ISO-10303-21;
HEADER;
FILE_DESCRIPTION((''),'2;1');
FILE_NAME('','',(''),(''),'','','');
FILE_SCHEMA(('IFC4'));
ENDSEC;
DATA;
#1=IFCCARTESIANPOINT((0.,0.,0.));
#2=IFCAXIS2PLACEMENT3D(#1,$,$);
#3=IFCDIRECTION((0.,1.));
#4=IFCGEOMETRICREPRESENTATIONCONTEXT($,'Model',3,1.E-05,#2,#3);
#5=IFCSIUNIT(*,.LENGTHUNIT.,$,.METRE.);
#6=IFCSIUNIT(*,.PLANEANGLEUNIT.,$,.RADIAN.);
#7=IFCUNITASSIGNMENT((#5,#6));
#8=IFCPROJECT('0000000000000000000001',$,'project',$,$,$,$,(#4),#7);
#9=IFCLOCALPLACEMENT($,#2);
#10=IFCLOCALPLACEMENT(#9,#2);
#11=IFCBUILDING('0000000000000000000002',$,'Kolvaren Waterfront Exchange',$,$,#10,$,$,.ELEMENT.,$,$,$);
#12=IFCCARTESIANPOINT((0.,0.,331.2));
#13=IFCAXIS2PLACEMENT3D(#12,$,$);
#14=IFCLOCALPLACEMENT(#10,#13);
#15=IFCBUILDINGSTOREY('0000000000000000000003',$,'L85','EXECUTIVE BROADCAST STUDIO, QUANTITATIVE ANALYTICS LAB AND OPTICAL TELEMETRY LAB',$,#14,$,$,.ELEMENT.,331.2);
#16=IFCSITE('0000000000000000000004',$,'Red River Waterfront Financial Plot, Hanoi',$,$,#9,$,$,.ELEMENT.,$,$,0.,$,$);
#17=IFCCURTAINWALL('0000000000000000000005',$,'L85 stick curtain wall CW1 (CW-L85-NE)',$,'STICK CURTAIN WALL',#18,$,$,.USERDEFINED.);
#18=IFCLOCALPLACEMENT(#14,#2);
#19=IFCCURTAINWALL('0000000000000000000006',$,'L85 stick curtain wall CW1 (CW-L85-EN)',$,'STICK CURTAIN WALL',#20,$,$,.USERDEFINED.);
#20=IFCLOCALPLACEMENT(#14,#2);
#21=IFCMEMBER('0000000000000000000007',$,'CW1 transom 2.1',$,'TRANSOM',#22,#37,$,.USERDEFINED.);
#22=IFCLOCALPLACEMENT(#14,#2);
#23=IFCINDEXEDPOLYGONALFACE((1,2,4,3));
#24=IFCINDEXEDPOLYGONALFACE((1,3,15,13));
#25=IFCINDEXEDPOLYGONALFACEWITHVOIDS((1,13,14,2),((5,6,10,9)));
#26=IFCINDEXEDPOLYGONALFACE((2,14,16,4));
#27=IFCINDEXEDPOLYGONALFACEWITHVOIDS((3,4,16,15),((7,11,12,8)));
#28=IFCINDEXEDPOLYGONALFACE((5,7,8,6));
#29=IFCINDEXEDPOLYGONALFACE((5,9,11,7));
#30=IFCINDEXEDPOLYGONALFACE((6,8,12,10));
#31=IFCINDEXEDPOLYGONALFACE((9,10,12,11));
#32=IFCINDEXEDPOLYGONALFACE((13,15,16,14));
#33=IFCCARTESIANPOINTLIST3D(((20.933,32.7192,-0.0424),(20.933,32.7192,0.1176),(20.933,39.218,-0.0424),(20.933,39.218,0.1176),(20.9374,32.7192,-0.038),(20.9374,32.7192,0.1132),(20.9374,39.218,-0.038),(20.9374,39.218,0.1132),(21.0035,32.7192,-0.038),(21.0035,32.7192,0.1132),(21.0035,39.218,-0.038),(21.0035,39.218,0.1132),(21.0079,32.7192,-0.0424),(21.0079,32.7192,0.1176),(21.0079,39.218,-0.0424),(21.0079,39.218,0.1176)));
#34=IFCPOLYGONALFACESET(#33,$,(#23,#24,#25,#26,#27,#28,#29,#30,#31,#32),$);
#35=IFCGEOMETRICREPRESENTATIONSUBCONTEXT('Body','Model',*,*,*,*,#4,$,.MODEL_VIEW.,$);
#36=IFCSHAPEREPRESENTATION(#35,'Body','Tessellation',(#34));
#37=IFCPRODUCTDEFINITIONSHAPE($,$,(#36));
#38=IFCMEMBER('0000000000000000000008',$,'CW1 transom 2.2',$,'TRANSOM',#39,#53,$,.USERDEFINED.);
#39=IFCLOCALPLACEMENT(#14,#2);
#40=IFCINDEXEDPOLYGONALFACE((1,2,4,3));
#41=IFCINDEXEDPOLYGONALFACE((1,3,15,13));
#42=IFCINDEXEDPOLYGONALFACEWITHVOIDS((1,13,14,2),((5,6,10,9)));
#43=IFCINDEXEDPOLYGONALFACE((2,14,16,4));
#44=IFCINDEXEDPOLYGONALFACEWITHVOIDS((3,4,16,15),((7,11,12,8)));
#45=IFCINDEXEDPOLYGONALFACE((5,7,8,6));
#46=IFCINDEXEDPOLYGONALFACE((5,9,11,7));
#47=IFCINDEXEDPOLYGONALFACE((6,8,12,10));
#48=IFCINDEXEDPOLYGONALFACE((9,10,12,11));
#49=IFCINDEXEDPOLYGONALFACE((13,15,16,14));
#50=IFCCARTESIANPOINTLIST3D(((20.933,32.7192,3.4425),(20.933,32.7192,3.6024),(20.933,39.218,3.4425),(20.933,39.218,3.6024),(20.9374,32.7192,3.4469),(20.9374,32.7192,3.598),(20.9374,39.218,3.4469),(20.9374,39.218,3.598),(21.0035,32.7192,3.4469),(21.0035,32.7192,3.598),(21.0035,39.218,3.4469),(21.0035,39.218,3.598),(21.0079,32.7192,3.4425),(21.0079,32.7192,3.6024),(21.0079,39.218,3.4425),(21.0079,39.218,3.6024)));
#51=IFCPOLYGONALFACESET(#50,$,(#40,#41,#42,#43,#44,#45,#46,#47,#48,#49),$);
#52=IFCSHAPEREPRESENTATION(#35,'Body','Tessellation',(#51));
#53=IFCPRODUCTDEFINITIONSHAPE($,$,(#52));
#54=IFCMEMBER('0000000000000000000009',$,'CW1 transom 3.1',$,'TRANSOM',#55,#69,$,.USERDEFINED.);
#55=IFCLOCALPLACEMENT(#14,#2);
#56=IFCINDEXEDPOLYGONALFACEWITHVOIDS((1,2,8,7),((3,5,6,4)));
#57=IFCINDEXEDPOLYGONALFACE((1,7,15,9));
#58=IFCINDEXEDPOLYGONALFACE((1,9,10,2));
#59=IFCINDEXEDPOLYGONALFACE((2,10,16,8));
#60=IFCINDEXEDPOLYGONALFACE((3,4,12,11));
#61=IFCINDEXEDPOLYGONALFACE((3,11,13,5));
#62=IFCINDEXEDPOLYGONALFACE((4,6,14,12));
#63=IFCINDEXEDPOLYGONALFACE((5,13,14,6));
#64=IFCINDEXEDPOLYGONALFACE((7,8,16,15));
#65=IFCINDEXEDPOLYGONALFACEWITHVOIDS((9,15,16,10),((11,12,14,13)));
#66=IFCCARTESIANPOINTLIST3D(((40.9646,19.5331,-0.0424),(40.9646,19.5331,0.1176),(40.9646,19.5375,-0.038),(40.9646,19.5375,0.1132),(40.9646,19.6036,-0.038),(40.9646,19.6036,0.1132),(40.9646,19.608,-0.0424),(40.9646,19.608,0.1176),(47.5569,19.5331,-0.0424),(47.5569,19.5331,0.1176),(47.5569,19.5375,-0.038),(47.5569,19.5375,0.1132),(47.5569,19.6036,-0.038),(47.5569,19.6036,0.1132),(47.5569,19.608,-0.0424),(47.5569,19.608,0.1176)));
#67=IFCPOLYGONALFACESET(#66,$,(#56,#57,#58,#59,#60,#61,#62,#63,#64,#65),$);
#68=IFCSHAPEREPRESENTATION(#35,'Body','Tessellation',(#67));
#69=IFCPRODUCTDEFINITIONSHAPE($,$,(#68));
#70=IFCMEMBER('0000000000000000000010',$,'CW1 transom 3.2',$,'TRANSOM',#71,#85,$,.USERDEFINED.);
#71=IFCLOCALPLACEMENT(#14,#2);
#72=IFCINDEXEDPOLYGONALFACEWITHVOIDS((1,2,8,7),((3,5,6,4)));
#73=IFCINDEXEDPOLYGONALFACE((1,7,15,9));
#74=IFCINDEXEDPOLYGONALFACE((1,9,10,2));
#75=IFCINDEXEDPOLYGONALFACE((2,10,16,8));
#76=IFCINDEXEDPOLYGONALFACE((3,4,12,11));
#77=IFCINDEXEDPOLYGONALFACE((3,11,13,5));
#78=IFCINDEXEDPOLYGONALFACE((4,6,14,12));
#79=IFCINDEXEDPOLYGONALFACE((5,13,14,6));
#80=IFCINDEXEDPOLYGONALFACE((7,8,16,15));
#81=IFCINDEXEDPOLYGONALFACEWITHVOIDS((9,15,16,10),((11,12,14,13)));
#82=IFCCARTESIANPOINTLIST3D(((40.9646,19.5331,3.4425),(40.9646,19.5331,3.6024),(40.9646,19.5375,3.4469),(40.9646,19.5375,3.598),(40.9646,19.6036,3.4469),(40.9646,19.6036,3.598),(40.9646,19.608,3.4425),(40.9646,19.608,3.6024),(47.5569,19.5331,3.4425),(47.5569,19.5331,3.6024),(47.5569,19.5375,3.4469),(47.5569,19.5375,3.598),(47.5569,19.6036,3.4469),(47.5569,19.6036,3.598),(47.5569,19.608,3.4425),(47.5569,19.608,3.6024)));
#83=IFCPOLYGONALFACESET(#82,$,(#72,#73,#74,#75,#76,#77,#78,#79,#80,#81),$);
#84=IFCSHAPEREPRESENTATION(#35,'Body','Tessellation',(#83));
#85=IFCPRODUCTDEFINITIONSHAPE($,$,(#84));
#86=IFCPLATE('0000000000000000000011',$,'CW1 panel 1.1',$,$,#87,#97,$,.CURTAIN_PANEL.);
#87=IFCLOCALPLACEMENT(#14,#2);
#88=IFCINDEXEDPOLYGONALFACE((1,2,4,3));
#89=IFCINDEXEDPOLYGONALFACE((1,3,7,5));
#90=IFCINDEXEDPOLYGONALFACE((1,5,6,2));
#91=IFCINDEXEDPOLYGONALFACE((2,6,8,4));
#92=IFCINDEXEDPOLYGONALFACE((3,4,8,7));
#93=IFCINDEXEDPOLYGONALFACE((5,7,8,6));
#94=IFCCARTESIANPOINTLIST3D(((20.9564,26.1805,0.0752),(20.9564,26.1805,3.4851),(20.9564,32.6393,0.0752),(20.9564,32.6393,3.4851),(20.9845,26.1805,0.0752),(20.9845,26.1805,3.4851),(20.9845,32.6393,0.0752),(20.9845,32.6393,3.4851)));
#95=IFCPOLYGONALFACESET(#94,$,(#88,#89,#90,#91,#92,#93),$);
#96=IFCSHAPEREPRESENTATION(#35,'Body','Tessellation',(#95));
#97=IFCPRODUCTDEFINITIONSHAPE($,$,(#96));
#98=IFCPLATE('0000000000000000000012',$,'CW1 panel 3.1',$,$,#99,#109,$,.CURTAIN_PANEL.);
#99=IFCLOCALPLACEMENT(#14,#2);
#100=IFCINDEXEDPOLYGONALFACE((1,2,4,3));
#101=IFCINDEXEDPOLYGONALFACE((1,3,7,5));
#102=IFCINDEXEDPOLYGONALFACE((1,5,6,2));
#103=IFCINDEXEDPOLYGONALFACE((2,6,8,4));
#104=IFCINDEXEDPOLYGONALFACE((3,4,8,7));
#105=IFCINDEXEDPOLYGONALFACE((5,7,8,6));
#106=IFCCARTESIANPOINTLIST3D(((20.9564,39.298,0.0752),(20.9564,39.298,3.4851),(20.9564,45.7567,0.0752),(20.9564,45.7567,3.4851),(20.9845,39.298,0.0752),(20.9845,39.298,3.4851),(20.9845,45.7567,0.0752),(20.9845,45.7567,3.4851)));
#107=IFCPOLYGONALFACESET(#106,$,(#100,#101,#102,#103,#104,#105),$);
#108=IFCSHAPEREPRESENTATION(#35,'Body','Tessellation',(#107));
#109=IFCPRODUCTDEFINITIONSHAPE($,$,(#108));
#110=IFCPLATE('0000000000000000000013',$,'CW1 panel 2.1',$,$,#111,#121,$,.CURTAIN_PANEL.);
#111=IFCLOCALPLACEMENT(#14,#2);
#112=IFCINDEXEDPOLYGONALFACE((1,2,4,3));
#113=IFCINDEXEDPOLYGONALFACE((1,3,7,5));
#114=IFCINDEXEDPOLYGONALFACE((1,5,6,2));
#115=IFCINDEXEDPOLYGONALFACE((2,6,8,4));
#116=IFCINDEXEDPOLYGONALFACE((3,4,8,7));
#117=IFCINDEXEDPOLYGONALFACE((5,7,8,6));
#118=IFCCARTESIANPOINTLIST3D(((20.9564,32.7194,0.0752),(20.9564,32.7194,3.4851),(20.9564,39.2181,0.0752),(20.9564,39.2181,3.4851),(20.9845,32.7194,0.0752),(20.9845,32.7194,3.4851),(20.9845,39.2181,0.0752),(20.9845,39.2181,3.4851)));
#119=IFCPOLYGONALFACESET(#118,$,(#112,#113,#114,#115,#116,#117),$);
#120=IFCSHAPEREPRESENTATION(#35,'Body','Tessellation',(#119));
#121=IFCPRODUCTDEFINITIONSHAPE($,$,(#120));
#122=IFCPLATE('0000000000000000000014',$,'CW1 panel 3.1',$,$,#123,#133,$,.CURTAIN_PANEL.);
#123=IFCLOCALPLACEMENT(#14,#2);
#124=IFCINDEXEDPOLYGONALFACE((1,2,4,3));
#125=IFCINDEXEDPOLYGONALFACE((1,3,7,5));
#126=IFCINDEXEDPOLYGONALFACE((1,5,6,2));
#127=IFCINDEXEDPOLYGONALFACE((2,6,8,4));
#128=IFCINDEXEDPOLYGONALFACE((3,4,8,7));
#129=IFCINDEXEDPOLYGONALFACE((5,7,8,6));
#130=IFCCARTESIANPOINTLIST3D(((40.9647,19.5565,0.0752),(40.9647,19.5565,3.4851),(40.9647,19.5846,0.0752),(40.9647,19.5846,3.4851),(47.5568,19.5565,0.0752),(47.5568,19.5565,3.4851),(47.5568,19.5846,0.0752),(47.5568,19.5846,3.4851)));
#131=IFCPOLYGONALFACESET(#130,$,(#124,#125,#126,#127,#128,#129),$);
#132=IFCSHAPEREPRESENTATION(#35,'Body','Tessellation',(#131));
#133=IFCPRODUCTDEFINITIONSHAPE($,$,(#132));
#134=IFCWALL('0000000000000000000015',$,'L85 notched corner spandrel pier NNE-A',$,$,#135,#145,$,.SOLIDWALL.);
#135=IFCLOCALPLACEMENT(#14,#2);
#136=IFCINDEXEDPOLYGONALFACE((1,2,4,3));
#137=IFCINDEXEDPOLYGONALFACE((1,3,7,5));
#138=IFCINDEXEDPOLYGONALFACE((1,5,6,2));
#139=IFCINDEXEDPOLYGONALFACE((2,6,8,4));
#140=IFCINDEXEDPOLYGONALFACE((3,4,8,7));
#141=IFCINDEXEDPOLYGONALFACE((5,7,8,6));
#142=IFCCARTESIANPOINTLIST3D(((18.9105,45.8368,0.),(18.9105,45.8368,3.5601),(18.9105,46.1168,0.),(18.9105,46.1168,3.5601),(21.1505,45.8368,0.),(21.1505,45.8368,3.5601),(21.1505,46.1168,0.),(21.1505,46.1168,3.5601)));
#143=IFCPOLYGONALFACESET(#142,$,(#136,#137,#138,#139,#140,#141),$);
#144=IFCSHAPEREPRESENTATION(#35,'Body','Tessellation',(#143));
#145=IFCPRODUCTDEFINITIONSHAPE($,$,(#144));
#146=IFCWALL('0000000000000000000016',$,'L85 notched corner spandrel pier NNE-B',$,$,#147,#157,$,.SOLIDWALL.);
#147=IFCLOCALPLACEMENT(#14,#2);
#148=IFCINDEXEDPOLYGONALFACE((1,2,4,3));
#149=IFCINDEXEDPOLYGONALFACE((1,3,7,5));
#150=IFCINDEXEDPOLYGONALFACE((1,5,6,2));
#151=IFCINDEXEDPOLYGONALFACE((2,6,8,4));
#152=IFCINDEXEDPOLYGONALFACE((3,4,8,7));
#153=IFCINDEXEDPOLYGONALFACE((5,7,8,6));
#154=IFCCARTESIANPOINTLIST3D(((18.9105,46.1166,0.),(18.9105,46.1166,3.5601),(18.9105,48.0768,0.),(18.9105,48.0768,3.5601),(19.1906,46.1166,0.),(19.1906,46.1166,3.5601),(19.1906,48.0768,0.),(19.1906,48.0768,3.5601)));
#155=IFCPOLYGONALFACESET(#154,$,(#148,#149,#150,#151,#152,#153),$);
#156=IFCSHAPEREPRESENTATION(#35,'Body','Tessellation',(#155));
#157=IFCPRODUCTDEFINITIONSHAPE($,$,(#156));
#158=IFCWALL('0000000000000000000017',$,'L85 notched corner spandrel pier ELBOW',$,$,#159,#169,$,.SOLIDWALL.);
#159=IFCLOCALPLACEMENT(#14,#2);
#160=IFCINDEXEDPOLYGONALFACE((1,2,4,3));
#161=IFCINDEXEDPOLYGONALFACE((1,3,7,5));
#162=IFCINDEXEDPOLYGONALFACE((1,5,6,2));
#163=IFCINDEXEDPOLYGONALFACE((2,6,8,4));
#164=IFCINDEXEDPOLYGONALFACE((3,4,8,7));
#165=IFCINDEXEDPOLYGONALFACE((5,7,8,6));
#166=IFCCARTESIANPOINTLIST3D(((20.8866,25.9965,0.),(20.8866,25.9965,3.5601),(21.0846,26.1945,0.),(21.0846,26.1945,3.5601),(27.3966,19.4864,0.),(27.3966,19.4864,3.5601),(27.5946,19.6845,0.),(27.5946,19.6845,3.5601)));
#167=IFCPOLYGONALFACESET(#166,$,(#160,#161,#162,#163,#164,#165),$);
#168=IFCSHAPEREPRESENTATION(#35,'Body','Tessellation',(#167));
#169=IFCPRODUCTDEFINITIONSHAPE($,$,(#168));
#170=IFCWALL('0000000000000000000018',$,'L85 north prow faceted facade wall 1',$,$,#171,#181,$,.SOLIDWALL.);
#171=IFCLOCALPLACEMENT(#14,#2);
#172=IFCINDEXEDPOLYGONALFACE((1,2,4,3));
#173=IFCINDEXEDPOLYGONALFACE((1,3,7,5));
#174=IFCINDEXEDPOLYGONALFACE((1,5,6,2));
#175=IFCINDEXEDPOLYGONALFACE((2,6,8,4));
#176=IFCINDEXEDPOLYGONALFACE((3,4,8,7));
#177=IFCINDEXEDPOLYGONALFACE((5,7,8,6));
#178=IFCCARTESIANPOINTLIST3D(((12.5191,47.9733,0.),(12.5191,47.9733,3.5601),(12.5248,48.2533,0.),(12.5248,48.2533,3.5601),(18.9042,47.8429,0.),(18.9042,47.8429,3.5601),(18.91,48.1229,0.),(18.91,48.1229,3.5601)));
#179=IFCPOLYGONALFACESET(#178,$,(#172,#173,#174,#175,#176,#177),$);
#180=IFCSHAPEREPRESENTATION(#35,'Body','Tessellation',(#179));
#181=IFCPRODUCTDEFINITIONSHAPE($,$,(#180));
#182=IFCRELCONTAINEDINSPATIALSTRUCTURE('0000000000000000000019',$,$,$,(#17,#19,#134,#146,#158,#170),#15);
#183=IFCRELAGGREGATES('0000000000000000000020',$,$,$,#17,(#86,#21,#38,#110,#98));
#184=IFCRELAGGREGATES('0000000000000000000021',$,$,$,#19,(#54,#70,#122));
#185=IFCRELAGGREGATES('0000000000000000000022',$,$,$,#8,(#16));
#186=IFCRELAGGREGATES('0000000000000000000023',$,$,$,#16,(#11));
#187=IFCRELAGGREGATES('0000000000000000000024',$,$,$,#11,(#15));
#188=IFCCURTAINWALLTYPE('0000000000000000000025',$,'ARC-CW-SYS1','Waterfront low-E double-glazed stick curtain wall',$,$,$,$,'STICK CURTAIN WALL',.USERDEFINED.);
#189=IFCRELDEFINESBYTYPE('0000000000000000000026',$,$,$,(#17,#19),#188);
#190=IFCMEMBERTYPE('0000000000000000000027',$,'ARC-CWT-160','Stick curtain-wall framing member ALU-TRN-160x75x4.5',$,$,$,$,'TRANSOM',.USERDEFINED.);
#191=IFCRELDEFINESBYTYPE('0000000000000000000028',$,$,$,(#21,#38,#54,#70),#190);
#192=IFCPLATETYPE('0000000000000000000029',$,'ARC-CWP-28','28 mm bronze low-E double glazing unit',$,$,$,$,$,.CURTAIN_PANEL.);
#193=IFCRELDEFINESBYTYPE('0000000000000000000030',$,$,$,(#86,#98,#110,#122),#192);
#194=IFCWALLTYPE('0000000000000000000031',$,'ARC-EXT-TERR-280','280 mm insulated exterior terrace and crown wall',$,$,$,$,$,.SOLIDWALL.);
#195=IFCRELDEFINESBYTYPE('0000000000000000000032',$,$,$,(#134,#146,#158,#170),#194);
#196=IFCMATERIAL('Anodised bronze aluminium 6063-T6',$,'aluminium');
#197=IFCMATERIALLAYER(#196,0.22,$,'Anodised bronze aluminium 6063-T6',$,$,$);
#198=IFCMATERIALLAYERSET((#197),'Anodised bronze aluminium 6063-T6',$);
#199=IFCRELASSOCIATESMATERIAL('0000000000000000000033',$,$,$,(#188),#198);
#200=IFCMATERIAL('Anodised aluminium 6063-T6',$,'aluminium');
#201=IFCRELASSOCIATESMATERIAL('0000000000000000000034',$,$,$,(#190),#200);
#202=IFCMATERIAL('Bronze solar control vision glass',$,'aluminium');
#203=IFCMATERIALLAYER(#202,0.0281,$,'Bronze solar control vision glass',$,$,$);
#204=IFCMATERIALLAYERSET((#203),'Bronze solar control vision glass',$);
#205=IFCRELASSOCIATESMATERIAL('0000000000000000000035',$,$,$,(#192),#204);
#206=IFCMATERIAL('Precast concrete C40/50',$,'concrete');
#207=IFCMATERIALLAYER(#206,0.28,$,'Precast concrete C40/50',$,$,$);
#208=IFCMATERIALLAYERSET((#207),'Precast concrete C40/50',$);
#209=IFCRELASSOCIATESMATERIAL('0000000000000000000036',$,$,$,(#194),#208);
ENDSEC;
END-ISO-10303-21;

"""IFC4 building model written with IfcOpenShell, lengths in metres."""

from ifc_helpers import new_model, si_unit, direction, frame, frame_2d, origin, origin_with_axes, origin_2d, place, context, subcontext, project, spatial, rectangle, hollow_rectangle, extrude, source, transform, mapped, material, layer, layer_set, material_profile, profile_set, type_object, element, aggregate, save


model = new_model("IFC4")

# Units and contexts
model_context = context("Model", 3, precision=1e-05, world=origin(), true_north=direction((0.0, 1.0)))
body_context = subcontext(model_context, "Body", "Model", "MODEL_VIEW")
ifc_project = project(units=[si_unit("LENGTHUNIT", "METRE"), si_unit("PLANEANGLEUNIT", "RADIAN")], contexts=[model_context])

# Site, building, storey
site_placement = place(None, origin())
site = spatial("IfcSite", under=ifc_project, at=site_placement, Name="Red River Waterfront Financial Plot, Hanoi", CompositionType="ELEMENT", RefElevation=0.0)
building_placement = place(site_placement, origin())
building = spatial("IfcBuilding", under=site, at=building_placement, Name="Kolvaren Waterfront Exchange", CompositionType="ELEMENT")
storey_placement = place(building_placement, frame((0.0, 0.0, 331.2)))
storey = spatial("IfcBuildingStorey", under=building, at=storey_placement, Name="L85", Description="EXECUTIVE BROADCAST STUDIO, QUANTITATIVE ANALYTICS LAB AND OPTICAL TELEMETRY LAB", CompositionType="ELEMENT", Elevation=331.2)

# Curtain walls
ifc_material_1 = material(Name="Anodised bronze aluminium 6063-T6", Category="aluminium")
ifc_layer_1 = layer(ifc_material_1, 0.22, Name="Anodised bronze aluminium 6063-T6")
ifc_layer_set_1 = layer_set([ifc_layer_1], Name="Anodised bronze aluminium 6063-T6")
curtain_wall_type = type_object("IfcCurtainWallType", Name="ARC-CW-SYS1", Description="Waterfront low-E double-glazed stick curtain wall", ElementType="STICK CURTAIN WALL", PredefinedType="USERDEFINED", material=ifc_layer_set_1)
curtain_wall_1_placement = place(storey_placement, origin())
curtain_wall_1 = element("IfcCurtainWall", 1, at=curtain_wall_1_placement, inside=storey, type_object=curtain_wall_type, Name="L85 stick curtain wall CW1 (CW-L85-NE)", ObjectType="STICK CURTAIN WALL", PredefinedType="USERDEFINED")
ifc_material_2 = material(Name="Anodised aluminium 6063-T6", Category="aluminium")
curtain_wall_2_placement = place(storey_placement, origin())
curtain_wall_2 = element("IfcCurtainWall", 2, at=curtain_wall_2_placement, inside=storey, type_object=curtain_wall_type, Name="L85 stick curtain wall CW1 (CW-L85-EN)", ObjectType="STICK CURTAIN WALL", PredefinedType="USERDEFINED")

# Members
ifc_material_profile_1 = material_profile(ifc_material_2, hollow_rectangle(XDim=0.075, YDim=0.1599, WallThickness=0.0044, at=origin_2d()), Name="ALU-TRN-160x75x4.5")
ifc_profile_set_1 = profile_set([ifc_material_profile_1], Name="Anodised aluminium 6063-T6")
member_type_1 = type_object("IfcMemberType", Name="ARC-CWT-160", Description="Stick curtain-wall framing member ALU-TRN-160x75x4.5", ElementType="TRANSOM", PredefinedType="USERDEFINED", material=ifc_profile_set_1)
shared_shape_1 = source(origin_with_axes(), body_context, "Body", "SweptSolid", [
    extrude(hollow_rectangle(XDim=0.075, YDim=0.1599, WallThickness=0.0044, at=origin_2d()), origin(), (0.0, 0.0, 1.0), 6.4988),
])
member_1_placement = place(storey_placement, frame((20.9705, 32.7192, 0.0376), z_axis=(0.0, 1.0, 0.0), x_axis=(-1.0, 0.0, 0.0)))
member_1 = element("IfcMember", 3, at=member_1_placement, type_object=member_type_1, Name="CW1 transom 2.1", ObjectType="TRANSOM", PredefinedType="USERDEFINED", context=body_context, shape_type="MappedRepresentation", body=[
    mapped(shared_shape_1, transform((0.0, 0.0, 0.0), x_axis=(1.0, 0.0, 0.0), y_axis=(0.0, 1.0, 0.0), z_axis=(0.0, 0.0, 1.0), scale=1.0)),
])
member_2_placement = place(storey_placement, frame((20.9705, 32.7192, 3.5225), z_axis=(0.0, 1.0, 0.0), x_axis=(-1.0, 0.0, 0.0)))
member_2 = element("IfcMember", 4, at=member_2_placement, type_object=member_type_1, Name="CW1 transom 2.2", ObjectType="TRANSOM", PredefinedType="USERDEFINED", context=body_context, shape_type="MappedRepresentation", body=[
    mapped(shared_shape_1, transform((0.0, 0.0, 0.0), x_axis=(1.0, 0.0, 0.0), y_axis=(0.0, 1.0, 0.0), z_axis=(0.0, 0.0, 1.0), scale=1.0)),
])
shared_shape_2 = source(origin_with_axes(), body_context, "Body", "SweptSolid", [
    extrude(hollow_rectangle(XDim=0.075, YDim=0.1599, WallThickness=0.0044, at=origin_2d()), origin(), (0.0, 0.0, 1.0), 6.5923),
])
member_3_placement = place(storey_placement, frame((40.9646, 19.5706, 0.0376), z_axis=(1.0, 0.0, 0.0), x_axis=(0.0, 1.0, 0.0)))
member_3 = element("IfcMember", 5, at=member_3_placement, type_object=member_type_1, Name="CW1 transom 3.1", ObjectType="TRANSOM", PredefinedType="USERDEFINED", context=body_context, shape_type="MappedRepresentation", body=[
    mapped(shared_shape_2, transform((0.0, 0.0, 0.0), x_axis=(1.0, 0.0, 0.0), y_axis=(0.0, 1.0, 0.0), z_axis=(0.0, 0.0, 1.0), scale=1.0)),
])
member_4_placement = place(storey_placement, frame((40.9646, 19.5706, 3.5225), z_axis=(1.0, 0.0, 0.0), x_axis=(0.0, 1.0, 0.0)))
member_4 = element("IfcMember", 6, at=member_4_placement, type_object=member_type_1, Name="CW1 transom 3.2", ObjectType="TRANSOM", PredefinedType="USERDEFINED", context=body_context, shape_type="MappedRepresentation", body=[
    mapped(shared_shape_2, transform((0.0, 0.0, 0.0), x_axis=(1.0, 0.0, 0.0), y_axis=(0.0, 1.0, 0.0), z_axis=(0.0, 0.0, 1.0), scale=1.0)),
])

# Plates
ifc_material_3 = material(Name="Bronze solar control vision glass", Category="aluminium")
ifc_layer_2 = layer(ifc_material_3, 0.0281, Name="Bronze solar control vision glass")
ifc_layer_set_2 = layer_set([ifc_layer_2], Name="Bronze solar control vision glass")
plate_type = type_object("IfcPlateType", Name="ARC-CWP-28", Description="28 mm bronze low-E double glazing unit", PredefinedType="CURTAIN_PANEL", material=ifc_layer_set_2)
shared_shape_3 = source(origin_with_axes(), body_context, "Body", "SweptSolid", [
    extrude(rectangle(XDim=6.4587, YDim=0.0281, at=origin_2d()), origin(), (0.0, 0.0, 1.0), 3.4099),
])
plate_1_placement = place(storey_placement, frame((20.9705, 29.4099, 0.0752), z_axis=(0.0, 0.0, 1.0), x_axis=(0.0, 1.0, 0.0)))
plate_1 = element("IfcPlate", 7, at=plate_1_placement, type_object=plate_type, Name="CW1 panel 1.1", PredefinedType="CURTAIN_PANEL", context=body_context, shape_type="MappedRepresentation", body=[
    mapped(shared_shape_3, transform((0.0, 0.0, 0.0), x_axis=(1.0, 0.0, 0.0), y_axis=(0.0, 1.0, 0.0), z_axis=(0.0, 0.0, 1.0), scale=1.0)),
])
plate_2_placement = place(storey_placement, frame((20.9705, 42.5273, 0.0752), z_axis=(0.0, 0.0, 1.0), x_axis=(0.0, 1.0, 0.0)))
plate_2 = element("IfcPlate", 8, at=plate_2_placement, type_object=plate_type, Name="CW1 panel 3.1", PredefinedType="CURTAIN_PANEL", context=body_context, shape_type="MappedRepresentation", body=[
    mapped(shared_shape_3, transform((0.0, 0.0, 0.0), x_axis=(1.0, 0.0, 0.0), y_axis=(0.0, 1.0, 0.0), z_axis=(0.0, 0.0, 1.0), scale=1.0)),
])
shared_shape_4 = source(origin_with_axes(), body_context, "Body", "SweptSolid", [
    extrude(rectangle(XDim=6.4988, YDim=0.0281, at=origin_2d()), origin(), (0.0, 0.0, 1.0), 3.4099),
])
plate_3_placement = place(storey_placement, frame((20.9705, 35.9688, 0.0752), z_axis=(0.0, 0.0, 1.0), x_axis=(0.0, 1.0, 0.0)))
plate_3 = element("IfcPlate", 9, at=plate_3_placement, type_object=plate_type, Name="CW1 panel 2.1", PredefinedType="CURTAIN_PANEL", context=body_context, shape_type="MappedRepresentation", body=[
    mapped(shared_shape_4, transform((0.0, 0.0, 0.0), x_axis=(1.0, 0.0, 0.0), y_axis=(0.0, 1.0, 0.0), z_axis=(0.0, 0.0, 1.0), scale=1.0)),
])
aggregate(curtain_wall_1, [plate_1, member_1, member_2, plate_3, plate_2])
shared_shape_5 = source(origin_with_axes(), body_context, "Body", "SweptSolid", [
    extrude(rectangle(XDim=6.592, YDim=0.0281, at=origin_2d()), origin(), (0.0, 0.0, 1.0), 3.4099),
])
plate_4_placement = place(storey_placement, frame((44.2607, 19.5706, 0.0752), z_axis=(0.0, 0.0, 1.0), x_axis=(1.0, 0.0, 0.0)))
plate_4 = element("IfcPlate", 10, at=plate_4_placement, type_object=plate_type, Name="CW1 panel 3.1", PredefinedType="CURTAIN_PANEL", context=body_context, shape_type="MappedRepresentation", body=[
    mapped(shared_shape_5, transform((0.0, 0.0, 0.0), x_axis=(1.0, 0.0, 0.0), y_axis=(0.0, 1.0, 0.0), z_axis=(0.0, 0.0, 1.0), scale=1.0)),
])
aggregate(curtain_wall_2, [member_3, member_4, plate_4])

# Walls
ifc_material_4 = material(Name="Precast concrete C40/50", Category="concrete")
ifc_layer_3 = layer(ifc_material_4, 0.28, Name="Precast concrete C40/50")
ifc_layer_set_3 = layer_set([ifc_layer_3], Name="Precast concrete C40/50")
wall_type = type_object("IfcWallType", Name="ARC-EXT-TERR-280", Description="280 mm insulated exterior terrace and crown wall", PredefinedType="SOLIDWALL", material=ifc_layer_set_3)
wall_1_placement = place(storey_placement, frame((18.9104, 45.9768, 0.0), z_axis=(0.0, 0.0, 1.0), x_axis=(1.0, 0.0, 0.0)))
element("IfcWall", 11, at=wall_1_placement, inside=storey, type_object=wall_type, Name="L85 notched corner spandrel pier NNE-A", PredefinedType="SOLIDWALL", context=body_context, shape_type="SweptSolid", body=[
    extrude(rectangle(XDim=2.24, YDim=0.28, at=frame_2d((1.1201, 0.0))), origin(), (0.0, 0.0, 1.0), 3.5601),
])
wall_2_placement = place(storey_placement, frame((19.0505, 46.1167, 0.0), z_axis=(0.0, 0.0, 1.0), x_axis=(0.0, 1.0, 0.0)))
element("IfcWall", 12, at=wall_2_placement, inside=storey, type_object=wall_type, Name="L85 notched corner spandrel pier NNE-B", PredefinedType="SOLIDWALL", context=body_context, shape_type="SweptSolid", body=[
    extrude(rectangle(XDim=1.9602, YDim=0.28, at=frame_2d((0.98, 0.0))), origin(), (0.0, 0.0, 1.0), 3.5601),
])
wall_3_placement = place(storey_placement, frame((27.4956, 19.5854, 0.0), z_axis=(0.0, 0.0, 1.0), x_axis=(-0.707107, 0.707107, 0.0)))
element("IfcWall", 13, at=wall_3_placement, inside=storey, type_object=wall_type, Name="L85 notched corner spandrel pier ELBOW", PredefinedType="SOLIDWALL", context=body_context, shape_type="SweptSolid", body=[
    extrude(rectangle(XDim=9.2065, YDim=0.28, at=frame_2d((4.6033, 0.0))), origin(), (0.0, 0.0, 1.0), 3.5601),
])
wall_4_placement = place(storey_placement, frame((18.9072, 47.9829, 0.0), z_axis=(0.0, 0.0, 1.0), x_axis=(-0.999792, 0.020413, 0.0)))
element("IfcWall", 14, at=wall_4_placement, inside=storey, type_object=wall_type, Name="L85 north prow faceted facade wall 1", PredefinedType="SOLIDWALL", context=body_context, shape_type="SweptSolid", body=[
    extrude(rectangle(XDim=6.3865, YDim=0.28, at=frame_2d((3.1934, 0.0))), origin(), (0.0, 0.0, 1.0), 3.5601),
])

save(model, "model.ifc")
